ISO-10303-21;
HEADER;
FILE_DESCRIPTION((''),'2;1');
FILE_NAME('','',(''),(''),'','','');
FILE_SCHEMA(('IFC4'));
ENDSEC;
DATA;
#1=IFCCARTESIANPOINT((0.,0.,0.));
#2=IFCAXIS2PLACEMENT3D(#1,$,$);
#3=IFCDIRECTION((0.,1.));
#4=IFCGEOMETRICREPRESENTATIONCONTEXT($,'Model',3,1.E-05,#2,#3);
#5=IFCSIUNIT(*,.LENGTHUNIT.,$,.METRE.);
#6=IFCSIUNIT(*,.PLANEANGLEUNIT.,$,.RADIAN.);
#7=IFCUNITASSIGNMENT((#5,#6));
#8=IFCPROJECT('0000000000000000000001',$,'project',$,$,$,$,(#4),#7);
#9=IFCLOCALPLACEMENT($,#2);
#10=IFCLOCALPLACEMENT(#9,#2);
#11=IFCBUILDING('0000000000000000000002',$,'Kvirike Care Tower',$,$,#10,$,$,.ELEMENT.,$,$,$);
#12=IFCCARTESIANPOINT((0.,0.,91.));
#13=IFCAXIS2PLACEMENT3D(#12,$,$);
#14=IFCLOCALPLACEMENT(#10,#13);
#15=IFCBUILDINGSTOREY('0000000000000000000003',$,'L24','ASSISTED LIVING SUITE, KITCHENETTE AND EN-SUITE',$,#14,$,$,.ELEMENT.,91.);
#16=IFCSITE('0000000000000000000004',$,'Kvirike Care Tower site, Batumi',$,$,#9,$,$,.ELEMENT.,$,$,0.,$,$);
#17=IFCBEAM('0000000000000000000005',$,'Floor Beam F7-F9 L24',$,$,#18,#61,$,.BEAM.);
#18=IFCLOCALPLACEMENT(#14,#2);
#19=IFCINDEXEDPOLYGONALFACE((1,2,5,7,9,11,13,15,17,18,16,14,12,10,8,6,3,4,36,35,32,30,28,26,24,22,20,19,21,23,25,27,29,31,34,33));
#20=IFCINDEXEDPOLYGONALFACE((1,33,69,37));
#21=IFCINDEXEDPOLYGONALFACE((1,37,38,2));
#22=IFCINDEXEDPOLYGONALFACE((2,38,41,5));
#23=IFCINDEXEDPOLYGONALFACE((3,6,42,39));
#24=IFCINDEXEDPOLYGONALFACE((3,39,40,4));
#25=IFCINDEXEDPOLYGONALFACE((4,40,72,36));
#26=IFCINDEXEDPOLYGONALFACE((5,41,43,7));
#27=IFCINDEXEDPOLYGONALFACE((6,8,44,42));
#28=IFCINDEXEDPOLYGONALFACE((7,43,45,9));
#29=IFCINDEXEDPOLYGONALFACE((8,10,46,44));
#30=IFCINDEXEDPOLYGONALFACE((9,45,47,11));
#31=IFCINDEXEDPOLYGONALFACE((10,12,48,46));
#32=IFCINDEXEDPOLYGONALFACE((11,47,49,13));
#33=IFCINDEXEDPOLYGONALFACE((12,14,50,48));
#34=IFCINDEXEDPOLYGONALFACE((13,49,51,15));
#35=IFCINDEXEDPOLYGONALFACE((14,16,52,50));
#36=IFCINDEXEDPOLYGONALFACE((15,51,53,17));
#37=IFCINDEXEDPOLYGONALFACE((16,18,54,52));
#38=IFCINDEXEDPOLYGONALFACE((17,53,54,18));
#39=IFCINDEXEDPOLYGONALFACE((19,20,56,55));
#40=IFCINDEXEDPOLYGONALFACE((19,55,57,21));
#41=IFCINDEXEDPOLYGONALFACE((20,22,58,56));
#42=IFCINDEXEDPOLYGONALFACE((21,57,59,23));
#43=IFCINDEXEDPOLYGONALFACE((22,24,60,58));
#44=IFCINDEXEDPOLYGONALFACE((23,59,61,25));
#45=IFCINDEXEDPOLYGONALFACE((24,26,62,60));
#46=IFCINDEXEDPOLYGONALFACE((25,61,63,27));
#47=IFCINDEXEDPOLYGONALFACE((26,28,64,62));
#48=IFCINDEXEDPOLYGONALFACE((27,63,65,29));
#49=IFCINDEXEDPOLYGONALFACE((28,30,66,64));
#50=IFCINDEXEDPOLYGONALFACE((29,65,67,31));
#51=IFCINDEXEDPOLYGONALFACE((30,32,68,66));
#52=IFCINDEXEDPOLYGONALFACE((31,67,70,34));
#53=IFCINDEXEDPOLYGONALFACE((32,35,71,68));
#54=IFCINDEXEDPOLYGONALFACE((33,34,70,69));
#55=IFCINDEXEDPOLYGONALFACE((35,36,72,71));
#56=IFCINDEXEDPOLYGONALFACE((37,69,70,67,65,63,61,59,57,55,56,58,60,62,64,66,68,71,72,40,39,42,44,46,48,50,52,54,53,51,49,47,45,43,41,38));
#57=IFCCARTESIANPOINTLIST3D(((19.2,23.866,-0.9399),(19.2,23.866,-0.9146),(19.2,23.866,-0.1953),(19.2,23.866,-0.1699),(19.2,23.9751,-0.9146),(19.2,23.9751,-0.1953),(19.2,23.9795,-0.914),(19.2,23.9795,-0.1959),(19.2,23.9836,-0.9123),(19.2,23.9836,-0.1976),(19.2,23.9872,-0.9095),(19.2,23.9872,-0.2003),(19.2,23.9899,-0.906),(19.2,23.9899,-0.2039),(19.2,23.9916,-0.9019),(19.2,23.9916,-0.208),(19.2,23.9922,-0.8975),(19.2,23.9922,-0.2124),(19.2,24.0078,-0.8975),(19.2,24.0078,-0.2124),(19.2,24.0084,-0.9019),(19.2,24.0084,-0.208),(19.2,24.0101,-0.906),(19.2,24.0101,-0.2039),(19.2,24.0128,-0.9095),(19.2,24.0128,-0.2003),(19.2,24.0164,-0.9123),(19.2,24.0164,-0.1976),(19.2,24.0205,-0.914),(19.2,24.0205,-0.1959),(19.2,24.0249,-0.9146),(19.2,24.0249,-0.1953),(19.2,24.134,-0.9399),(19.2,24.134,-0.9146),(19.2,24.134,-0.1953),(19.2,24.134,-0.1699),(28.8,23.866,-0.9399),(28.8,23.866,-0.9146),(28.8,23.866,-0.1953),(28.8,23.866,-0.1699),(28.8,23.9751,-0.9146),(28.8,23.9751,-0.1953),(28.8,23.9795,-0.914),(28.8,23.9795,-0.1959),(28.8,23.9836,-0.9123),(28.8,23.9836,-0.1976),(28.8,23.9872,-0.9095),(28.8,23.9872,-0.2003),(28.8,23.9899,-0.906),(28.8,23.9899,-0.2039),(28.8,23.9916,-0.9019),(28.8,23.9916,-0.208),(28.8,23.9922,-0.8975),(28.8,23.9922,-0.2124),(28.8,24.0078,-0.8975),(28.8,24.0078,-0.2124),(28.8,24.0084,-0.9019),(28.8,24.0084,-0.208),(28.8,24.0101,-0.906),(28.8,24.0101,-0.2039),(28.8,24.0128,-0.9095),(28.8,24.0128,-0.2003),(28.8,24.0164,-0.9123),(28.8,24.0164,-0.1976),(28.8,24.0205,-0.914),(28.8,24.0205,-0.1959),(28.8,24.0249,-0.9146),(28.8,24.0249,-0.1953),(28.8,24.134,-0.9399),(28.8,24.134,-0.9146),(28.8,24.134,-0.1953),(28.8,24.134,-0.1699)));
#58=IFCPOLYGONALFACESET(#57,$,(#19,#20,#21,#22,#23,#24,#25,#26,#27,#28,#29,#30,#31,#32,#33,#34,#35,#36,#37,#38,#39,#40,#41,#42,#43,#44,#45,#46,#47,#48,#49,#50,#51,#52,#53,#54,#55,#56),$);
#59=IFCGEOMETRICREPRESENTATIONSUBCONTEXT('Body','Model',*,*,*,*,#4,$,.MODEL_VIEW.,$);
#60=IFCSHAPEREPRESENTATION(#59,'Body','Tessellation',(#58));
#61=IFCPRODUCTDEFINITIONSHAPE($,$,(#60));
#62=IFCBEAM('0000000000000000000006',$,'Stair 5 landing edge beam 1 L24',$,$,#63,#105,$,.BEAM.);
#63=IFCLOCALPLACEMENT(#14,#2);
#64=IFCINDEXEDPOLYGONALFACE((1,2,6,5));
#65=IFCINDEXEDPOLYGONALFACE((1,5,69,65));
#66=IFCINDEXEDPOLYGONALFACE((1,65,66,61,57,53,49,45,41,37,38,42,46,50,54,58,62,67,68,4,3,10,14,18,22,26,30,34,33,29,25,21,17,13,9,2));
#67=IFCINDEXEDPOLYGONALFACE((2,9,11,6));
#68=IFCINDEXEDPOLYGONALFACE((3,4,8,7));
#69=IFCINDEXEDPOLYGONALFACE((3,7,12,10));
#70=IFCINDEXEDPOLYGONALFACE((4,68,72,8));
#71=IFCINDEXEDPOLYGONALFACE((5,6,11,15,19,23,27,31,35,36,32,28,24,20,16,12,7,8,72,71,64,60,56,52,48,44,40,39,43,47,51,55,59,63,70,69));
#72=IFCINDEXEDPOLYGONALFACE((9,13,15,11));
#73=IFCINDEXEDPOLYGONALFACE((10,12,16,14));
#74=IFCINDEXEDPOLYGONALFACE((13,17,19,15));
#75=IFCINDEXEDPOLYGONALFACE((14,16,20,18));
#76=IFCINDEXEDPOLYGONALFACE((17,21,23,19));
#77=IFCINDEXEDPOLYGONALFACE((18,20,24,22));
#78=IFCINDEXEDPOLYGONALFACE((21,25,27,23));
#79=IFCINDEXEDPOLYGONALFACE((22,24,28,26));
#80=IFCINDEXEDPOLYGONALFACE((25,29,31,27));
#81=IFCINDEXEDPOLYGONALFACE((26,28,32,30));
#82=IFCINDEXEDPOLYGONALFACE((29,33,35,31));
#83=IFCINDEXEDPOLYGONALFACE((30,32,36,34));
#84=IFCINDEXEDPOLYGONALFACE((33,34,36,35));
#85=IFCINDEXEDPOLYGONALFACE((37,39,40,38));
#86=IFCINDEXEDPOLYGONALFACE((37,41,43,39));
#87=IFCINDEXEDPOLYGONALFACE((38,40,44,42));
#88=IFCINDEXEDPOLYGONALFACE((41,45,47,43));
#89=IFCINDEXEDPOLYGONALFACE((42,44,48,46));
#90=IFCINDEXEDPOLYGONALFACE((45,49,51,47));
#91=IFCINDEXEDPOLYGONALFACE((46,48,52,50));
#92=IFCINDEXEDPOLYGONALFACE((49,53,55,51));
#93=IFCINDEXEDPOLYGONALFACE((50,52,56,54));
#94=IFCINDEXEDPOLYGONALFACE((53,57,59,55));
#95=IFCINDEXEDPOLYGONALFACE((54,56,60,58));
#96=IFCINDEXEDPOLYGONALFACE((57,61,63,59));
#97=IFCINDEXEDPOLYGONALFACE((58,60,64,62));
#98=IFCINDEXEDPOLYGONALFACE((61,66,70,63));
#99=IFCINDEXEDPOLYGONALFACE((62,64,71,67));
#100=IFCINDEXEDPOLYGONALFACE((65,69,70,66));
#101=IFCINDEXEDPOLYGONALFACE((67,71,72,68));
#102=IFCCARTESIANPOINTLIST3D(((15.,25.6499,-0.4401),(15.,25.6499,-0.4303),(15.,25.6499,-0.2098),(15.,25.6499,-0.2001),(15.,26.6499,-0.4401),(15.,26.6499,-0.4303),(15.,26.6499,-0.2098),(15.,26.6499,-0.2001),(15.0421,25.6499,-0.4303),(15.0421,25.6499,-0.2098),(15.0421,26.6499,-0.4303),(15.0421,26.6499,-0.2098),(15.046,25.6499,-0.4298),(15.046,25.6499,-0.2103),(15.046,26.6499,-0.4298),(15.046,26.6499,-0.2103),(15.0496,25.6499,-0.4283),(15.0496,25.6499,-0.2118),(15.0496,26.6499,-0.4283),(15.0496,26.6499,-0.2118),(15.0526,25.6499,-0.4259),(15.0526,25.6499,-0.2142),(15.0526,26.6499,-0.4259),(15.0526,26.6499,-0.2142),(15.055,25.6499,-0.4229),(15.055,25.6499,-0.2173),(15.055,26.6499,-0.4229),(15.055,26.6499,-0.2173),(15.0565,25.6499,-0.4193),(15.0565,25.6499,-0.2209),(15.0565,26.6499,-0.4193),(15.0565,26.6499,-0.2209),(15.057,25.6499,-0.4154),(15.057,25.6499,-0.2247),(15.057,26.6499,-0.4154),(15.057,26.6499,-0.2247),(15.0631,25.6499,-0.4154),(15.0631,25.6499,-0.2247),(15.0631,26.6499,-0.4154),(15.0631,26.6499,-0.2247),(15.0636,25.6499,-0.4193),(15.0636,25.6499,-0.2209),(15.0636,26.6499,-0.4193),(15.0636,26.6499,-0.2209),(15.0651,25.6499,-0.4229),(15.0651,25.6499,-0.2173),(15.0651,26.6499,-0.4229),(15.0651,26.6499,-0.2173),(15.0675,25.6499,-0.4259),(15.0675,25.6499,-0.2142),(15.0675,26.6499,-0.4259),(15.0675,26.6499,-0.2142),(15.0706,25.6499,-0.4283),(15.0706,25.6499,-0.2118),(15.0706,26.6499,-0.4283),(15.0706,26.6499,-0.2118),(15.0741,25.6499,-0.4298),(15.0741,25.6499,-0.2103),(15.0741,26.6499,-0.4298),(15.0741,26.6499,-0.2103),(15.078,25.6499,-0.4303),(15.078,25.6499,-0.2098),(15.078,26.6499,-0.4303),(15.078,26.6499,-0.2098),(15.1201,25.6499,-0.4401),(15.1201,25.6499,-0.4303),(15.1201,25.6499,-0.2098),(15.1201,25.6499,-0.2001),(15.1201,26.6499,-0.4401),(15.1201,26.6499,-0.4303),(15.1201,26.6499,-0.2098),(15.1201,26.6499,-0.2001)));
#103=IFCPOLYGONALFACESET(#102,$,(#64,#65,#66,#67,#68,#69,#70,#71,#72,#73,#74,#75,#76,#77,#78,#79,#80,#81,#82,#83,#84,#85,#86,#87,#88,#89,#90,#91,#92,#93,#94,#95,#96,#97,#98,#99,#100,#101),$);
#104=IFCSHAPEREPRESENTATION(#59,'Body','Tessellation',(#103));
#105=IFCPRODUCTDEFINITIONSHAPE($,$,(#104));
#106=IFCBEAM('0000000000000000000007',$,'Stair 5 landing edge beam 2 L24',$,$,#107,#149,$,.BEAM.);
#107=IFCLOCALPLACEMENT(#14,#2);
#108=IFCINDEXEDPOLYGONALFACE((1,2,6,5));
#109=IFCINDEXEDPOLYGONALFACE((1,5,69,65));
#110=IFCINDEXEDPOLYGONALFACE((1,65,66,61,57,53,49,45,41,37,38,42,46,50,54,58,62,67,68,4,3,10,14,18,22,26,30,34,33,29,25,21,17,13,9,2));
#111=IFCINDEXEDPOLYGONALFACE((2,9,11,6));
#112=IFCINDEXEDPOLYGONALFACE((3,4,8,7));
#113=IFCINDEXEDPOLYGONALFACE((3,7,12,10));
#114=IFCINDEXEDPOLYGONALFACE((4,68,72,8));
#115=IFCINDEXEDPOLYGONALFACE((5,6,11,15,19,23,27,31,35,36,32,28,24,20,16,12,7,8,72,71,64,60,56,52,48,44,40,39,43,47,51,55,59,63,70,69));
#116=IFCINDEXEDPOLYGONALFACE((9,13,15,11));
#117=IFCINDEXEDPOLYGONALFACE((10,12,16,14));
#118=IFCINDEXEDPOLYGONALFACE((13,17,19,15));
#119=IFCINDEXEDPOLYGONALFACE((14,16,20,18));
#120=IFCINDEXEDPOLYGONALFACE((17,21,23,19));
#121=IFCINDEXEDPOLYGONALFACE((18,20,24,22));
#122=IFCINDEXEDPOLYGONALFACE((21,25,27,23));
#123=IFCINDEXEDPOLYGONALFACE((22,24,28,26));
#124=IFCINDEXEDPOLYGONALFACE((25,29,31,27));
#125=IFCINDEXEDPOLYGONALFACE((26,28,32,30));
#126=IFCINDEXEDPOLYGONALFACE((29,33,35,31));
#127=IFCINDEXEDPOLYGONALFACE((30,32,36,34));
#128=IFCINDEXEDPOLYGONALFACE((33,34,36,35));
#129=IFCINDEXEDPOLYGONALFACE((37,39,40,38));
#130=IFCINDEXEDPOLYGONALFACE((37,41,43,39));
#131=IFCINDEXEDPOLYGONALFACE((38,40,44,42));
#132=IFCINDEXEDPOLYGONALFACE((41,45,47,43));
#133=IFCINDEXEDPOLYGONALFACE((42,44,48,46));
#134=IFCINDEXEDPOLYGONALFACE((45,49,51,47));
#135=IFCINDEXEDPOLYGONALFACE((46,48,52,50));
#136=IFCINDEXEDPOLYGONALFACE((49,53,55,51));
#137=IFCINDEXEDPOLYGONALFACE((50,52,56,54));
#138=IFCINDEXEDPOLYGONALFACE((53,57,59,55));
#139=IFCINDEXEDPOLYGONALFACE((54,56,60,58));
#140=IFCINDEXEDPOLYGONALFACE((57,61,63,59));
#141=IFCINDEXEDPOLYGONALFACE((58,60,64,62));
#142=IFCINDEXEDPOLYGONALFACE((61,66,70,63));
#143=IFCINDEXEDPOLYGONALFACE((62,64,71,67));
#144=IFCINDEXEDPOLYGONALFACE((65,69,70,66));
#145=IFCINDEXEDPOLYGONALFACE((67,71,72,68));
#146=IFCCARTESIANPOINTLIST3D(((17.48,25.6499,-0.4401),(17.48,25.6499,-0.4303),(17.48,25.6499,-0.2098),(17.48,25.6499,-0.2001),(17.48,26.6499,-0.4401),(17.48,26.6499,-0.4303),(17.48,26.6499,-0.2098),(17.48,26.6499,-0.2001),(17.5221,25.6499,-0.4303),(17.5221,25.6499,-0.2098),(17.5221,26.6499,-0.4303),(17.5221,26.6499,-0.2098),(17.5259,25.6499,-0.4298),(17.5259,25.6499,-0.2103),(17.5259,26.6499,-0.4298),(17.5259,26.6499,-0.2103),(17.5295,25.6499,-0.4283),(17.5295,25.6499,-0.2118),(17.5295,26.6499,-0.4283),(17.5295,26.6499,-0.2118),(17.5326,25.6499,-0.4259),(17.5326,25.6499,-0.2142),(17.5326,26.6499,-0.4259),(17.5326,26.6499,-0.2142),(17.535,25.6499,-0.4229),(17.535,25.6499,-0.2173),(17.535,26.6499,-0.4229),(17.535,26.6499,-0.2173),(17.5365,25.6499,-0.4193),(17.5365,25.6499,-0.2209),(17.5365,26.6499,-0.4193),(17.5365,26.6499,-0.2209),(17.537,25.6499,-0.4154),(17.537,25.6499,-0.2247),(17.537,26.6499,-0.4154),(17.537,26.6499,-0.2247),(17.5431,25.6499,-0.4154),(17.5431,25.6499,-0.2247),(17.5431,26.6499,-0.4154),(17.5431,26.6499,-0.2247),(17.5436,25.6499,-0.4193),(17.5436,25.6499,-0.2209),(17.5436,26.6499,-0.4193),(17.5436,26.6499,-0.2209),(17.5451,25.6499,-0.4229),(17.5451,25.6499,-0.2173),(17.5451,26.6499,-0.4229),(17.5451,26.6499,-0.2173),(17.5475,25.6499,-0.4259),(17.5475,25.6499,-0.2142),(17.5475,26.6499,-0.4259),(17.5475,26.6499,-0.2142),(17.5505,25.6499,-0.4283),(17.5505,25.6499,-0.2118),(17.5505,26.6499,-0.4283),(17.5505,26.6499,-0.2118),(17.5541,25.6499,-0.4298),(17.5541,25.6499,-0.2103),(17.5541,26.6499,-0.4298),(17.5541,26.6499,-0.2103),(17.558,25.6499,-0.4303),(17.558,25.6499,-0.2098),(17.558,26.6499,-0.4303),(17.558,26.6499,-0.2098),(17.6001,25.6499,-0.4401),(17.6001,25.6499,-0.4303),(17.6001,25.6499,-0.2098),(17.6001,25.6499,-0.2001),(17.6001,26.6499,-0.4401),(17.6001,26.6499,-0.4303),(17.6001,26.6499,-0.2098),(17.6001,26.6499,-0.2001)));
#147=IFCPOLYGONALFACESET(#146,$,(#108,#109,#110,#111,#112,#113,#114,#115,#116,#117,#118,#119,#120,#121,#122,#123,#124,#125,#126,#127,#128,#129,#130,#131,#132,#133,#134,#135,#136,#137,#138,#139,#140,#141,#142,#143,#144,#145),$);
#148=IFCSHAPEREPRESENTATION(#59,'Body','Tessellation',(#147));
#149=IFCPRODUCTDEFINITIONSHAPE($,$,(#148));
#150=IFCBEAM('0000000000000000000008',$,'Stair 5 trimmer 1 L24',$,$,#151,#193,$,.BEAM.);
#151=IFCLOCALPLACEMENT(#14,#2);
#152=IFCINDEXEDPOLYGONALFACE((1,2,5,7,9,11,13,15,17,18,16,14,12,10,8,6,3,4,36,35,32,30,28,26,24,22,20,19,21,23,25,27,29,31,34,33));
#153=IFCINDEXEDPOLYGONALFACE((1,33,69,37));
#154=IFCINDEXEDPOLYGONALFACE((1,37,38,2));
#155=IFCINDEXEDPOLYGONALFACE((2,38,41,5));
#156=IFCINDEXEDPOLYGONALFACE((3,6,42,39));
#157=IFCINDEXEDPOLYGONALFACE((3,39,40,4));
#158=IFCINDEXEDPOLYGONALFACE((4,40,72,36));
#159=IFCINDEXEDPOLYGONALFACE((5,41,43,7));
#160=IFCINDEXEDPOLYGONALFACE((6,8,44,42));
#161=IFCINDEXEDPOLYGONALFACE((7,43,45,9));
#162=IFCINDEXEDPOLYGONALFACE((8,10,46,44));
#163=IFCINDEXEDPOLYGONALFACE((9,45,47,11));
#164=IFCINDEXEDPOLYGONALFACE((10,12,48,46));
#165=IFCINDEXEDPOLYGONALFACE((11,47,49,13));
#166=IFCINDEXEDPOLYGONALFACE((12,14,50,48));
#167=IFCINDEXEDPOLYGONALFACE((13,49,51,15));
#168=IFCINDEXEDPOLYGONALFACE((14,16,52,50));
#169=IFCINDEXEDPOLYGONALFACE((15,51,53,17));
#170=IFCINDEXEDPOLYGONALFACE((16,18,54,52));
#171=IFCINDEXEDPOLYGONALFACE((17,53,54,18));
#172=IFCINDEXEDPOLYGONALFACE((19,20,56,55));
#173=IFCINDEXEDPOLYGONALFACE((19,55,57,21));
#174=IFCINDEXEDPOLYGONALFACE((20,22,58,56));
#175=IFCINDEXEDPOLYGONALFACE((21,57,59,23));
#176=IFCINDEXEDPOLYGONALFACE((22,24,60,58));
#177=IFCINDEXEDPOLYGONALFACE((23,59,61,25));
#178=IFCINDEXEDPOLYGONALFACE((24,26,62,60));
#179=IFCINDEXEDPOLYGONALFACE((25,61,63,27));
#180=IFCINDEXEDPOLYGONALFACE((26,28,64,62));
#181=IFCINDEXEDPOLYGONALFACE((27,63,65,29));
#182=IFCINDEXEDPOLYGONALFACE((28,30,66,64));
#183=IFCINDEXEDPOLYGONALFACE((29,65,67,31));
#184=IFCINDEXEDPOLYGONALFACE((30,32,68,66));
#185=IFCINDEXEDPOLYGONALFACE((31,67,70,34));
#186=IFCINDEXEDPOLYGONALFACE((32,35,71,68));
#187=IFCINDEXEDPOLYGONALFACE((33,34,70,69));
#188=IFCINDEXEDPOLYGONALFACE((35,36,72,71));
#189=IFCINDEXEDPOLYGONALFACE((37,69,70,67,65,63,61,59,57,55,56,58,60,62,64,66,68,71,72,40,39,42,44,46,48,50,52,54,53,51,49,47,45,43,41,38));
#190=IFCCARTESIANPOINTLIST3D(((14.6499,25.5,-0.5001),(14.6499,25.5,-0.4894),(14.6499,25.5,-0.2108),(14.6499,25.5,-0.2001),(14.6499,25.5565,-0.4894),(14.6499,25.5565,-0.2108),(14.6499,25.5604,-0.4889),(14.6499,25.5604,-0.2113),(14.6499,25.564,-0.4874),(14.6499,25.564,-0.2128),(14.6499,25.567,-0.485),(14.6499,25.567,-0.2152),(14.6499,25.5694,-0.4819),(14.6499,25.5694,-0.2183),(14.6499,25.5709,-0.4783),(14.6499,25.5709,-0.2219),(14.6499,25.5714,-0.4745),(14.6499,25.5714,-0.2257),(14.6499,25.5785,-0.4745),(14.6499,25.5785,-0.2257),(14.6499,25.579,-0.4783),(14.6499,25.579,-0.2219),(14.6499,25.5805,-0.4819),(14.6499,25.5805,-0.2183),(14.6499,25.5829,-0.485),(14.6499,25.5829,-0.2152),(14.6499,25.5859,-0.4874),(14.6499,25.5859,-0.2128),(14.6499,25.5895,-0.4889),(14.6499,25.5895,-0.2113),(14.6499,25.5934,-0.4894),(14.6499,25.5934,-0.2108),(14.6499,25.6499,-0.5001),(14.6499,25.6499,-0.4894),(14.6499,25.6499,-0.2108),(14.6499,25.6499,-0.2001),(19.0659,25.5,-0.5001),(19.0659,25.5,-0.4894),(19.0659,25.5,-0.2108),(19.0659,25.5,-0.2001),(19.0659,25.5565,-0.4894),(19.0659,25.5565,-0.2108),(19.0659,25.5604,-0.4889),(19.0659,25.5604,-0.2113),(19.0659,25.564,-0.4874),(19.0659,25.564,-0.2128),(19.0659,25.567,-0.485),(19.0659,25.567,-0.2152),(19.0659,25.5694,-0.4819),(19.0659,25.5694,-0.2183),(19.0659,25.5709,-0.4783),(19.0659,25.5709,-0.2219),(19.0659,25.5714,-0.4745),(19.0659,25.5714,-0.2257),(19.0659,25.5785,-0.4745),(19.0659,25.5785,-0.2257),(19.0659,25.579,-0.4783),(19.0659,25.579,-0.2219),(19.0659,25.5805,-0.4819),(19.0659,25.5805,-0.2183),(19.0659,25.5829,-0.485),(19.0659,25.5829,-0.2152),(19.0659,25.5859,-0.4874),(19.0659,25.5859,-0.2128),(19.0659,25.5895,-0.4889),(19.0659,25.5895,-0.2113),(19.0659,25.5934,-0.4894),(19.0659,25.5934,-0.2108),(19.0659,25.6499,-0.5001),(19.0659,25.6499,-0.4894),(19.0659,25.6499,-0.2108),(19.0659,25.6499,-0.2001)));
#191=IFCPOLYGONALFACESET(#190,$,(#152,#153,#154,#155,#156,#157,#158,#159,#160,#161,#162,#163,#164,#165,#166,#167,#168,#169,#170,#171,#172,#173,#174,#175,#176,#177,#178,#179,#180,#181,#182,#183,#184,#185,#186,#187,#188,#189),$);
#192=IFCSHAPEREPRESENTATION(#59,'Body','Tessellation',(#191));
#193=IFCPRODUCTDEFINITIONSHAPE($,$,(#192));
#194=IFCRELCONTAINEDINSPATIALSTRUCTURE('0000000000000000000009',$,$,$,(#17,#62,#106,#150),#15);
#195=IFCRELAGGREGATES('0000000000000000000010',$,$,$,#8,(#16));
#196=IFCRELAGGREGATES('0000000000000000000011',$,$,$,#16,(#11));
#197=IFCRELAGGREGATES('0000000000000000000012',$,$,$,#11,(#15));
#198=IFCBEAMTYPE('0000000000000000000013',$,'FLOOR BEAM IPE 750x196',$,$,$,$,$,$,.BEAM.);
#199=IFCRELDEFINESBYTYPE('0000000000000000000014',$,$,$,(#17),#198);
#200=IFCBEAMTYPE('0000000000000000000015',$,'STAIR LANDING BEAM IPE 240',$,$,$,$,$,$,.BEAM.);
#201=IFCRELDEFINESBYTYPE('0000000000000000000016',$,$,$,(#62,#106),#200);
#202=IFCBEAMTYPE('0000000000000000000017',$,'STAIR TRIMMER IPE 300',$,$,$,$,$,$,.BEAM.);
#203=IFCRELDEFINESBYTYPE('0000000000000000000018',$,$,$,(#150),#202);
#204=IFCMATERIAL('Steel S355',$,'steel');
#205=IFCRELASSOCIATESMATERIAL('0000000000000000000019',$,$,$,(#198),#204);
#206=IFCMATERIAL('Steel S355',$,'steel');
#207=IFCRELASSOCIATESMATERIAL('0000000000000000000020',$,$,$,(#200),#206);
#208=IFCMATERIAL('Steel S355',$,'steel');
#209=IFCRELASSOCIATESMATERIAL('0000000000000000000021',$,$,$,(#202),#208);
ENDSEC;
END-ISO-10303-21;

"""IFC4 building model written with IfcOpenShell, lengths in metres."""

from ifc_helpers import new_model, si_unit, direction, frame, origin, origin_2d, place, context, subcontext, project, spatial, i_section, extrude, material, material_profile, profile_set, type_object, element, save


model = new_model("IFC4")

# Units and contexts
model_context = context("Model", 3, precision=1e-05, world=origin(), true_north=direction((0.0, 1.0)))
body_context = subcontext(model_context, "Body", "Model", "MODEL_VIEW")
ifc_project = project(units=[si_unit("LENGTHUNIT", "METRE"), si_unit("PLANEANGLEUNIT", "RADIAN")], contexts=[model_context])

# Site, building, storey
site_placement = place(None, origin())
site = spatial("IfcSite", under=ifc_project, at=site_placement, Name="Kvirike Care Tower site, Batumi", CompositionType="ELEMENT", RefElevation=0.0)
building_placement = place(site_placement, origin())
building = spatial("IfcBuilding", under=site, at=building_placement, Name="Kvirike Care Tower", CompositionType="ELEMENT")
storey_placement = place(building_placement, frame((0.0, 0.0, 91.0)))
storey = spatial("IfcBuildingStorey", under=building, at=storey_placement, Name="L24", Description="ASSISTED LIVING SUITE, KITCHENETTE AND EN-SUITE", CompositionType="ELEMENT", Elevation=91.0)

# Beams
ifc_material_1 = material(Name="Steel S355", Category="steel")
ifc_material_profile_1 = material_profile(ifc_material_1, i_section(OverallWidth=0.2681, OverallDepth=0.77, WebThickness=0.0156, FlangeThickness=0.0254, FilletRadius=0.0171, at=origin_2d()), Name="IPE 750x196")
ifc_profile_set_1 = profile_set([ifc_material_profile_1], Name="Steel S355")
beam_type_1 = type_object("IfcBeamType", Name="FLOOR BEAM IPE 750x196", PredefinedType="BEAM", material=ifc_profile_set_1)
beam_placement = place(storey_placement, frame((19.2, 24.0, -0.5549), z_axis=(1.0, 0.0, 0.0), x_axis=(0.0, 1.0, 0.0)))
element("IfcBeam", 1, at=beam_placement, inside=storey, type_object=beam_type_1, Name="Floor Beam F7-F9 L24", PredefinedType="BEAM", context=body_context, shape_type="SweptSolid", body=[
    extrude(i_section(OverallWidth=0.2681, OverallDepth=0.77, WebThickness=0.0156, FlangeThickness=0.0254, FilletRadius=0.0171, at=origin_2d()), origin(), (0.0, 0.0, 1.0), 9.6001),
])
ifc_material_2 = material(Name="Steel S355", Category="steel")
ifc_material_profile_2 = material_profile(ifc_material_2, i_section(OverallWidth=0.1201, OverallDepth=0.24, WebThickness=0.0061, FlangeThickness=0.0098, FilletRadius=0.0149, at=origin_2d()), Name="IPE 240")
ifc_profile_set_2 = profile_set([ifc_material_profile_2], Name="Steel S355")
beam_type_2 = type_object("IfcBeamType", Name="STAIR LANDING BEAM IPE 240", PredefinedType="BEAM", material=ifc_profile_set_2)
for number, where, z_axis, x_axis, name in (
    (2, (15.0601, 25.6499, -0.3201), (0.0, 1.0, 0.0), (-1.0, 0.0, 0.0), "Stair 5 landing edge beam 1 L24"),
    (3, (17.54, 25.6499, -0.3201), (0.0, 1.0, 0.0), (-1.0, 0.0, 0.0), "Stair 5 landing edge beam 2 L24"),
):
    element("IfcBeam", number, at=place(storey_placement, frame(where, z_axis=z_axis, x_axis=x_axis)), inside=storey, type_object=beam_type_2, Name=name, PredefinedType="BEAM", context=body_context, shape_type="SweptSolid", body=[
        extrude(i_section(OverallWidth=0.1201, OverallDepth=0.24, WebThickness=0.0061, FlangeThickness=0.0098, FilletRadius=0.0149, at=origin_2d()), origin(), (0.0, 0.0, 1.0), 1.0),
    ])
ifc_material_3 = material(Name="Steel S355", Category="steel")
ifc_material_profile_3 = material_profile(ifc_material_3, i_section(OverallWidth=0.1499, OverallDepth=0.3, WebThickness=0.0071, FlangeThickness=0.0107, FilletRadius=0.0149, at=origin_2d()), Name="IPE 300")
ifc_profile_set_3 = profile_set([ifc_material_profile_3], Name="Steel S355")
beam_type_3 = type_object("IfcBeamType", Name="STAIR TRIMMER IPE 300", PredefinedType="BEAM", material=ifc_profile_set_3)
for number, where, z_axis, x_axis, name in (
    (4, (14.6499, 25.575, -0.3501), (1.0, 0.0, 0.0), (0.0, 1.0, 0.0), "Stair 5 trimmer 1 L24"),
):
    element("IfcBeam", number, at=place(storey_placement, frame(where, z_axis=z_axis, x_axis=x_axis)), inside=storey, type_object=beam_type_3, Name=name, PredefinedType="BEAM", context=body_context, shape_type="SweptSolid", body=[
        extrude(i_section(OverallWidth=0.1499, OverallDepth=0.3, WebThickness=0.0071, FlangeThickness=0.0107, FilletRadius=0.0149, at=origin_2d()), origin(), (0.0, 0.0, 1.0), 4.416),
    ])

save(model, "model.ifc")
